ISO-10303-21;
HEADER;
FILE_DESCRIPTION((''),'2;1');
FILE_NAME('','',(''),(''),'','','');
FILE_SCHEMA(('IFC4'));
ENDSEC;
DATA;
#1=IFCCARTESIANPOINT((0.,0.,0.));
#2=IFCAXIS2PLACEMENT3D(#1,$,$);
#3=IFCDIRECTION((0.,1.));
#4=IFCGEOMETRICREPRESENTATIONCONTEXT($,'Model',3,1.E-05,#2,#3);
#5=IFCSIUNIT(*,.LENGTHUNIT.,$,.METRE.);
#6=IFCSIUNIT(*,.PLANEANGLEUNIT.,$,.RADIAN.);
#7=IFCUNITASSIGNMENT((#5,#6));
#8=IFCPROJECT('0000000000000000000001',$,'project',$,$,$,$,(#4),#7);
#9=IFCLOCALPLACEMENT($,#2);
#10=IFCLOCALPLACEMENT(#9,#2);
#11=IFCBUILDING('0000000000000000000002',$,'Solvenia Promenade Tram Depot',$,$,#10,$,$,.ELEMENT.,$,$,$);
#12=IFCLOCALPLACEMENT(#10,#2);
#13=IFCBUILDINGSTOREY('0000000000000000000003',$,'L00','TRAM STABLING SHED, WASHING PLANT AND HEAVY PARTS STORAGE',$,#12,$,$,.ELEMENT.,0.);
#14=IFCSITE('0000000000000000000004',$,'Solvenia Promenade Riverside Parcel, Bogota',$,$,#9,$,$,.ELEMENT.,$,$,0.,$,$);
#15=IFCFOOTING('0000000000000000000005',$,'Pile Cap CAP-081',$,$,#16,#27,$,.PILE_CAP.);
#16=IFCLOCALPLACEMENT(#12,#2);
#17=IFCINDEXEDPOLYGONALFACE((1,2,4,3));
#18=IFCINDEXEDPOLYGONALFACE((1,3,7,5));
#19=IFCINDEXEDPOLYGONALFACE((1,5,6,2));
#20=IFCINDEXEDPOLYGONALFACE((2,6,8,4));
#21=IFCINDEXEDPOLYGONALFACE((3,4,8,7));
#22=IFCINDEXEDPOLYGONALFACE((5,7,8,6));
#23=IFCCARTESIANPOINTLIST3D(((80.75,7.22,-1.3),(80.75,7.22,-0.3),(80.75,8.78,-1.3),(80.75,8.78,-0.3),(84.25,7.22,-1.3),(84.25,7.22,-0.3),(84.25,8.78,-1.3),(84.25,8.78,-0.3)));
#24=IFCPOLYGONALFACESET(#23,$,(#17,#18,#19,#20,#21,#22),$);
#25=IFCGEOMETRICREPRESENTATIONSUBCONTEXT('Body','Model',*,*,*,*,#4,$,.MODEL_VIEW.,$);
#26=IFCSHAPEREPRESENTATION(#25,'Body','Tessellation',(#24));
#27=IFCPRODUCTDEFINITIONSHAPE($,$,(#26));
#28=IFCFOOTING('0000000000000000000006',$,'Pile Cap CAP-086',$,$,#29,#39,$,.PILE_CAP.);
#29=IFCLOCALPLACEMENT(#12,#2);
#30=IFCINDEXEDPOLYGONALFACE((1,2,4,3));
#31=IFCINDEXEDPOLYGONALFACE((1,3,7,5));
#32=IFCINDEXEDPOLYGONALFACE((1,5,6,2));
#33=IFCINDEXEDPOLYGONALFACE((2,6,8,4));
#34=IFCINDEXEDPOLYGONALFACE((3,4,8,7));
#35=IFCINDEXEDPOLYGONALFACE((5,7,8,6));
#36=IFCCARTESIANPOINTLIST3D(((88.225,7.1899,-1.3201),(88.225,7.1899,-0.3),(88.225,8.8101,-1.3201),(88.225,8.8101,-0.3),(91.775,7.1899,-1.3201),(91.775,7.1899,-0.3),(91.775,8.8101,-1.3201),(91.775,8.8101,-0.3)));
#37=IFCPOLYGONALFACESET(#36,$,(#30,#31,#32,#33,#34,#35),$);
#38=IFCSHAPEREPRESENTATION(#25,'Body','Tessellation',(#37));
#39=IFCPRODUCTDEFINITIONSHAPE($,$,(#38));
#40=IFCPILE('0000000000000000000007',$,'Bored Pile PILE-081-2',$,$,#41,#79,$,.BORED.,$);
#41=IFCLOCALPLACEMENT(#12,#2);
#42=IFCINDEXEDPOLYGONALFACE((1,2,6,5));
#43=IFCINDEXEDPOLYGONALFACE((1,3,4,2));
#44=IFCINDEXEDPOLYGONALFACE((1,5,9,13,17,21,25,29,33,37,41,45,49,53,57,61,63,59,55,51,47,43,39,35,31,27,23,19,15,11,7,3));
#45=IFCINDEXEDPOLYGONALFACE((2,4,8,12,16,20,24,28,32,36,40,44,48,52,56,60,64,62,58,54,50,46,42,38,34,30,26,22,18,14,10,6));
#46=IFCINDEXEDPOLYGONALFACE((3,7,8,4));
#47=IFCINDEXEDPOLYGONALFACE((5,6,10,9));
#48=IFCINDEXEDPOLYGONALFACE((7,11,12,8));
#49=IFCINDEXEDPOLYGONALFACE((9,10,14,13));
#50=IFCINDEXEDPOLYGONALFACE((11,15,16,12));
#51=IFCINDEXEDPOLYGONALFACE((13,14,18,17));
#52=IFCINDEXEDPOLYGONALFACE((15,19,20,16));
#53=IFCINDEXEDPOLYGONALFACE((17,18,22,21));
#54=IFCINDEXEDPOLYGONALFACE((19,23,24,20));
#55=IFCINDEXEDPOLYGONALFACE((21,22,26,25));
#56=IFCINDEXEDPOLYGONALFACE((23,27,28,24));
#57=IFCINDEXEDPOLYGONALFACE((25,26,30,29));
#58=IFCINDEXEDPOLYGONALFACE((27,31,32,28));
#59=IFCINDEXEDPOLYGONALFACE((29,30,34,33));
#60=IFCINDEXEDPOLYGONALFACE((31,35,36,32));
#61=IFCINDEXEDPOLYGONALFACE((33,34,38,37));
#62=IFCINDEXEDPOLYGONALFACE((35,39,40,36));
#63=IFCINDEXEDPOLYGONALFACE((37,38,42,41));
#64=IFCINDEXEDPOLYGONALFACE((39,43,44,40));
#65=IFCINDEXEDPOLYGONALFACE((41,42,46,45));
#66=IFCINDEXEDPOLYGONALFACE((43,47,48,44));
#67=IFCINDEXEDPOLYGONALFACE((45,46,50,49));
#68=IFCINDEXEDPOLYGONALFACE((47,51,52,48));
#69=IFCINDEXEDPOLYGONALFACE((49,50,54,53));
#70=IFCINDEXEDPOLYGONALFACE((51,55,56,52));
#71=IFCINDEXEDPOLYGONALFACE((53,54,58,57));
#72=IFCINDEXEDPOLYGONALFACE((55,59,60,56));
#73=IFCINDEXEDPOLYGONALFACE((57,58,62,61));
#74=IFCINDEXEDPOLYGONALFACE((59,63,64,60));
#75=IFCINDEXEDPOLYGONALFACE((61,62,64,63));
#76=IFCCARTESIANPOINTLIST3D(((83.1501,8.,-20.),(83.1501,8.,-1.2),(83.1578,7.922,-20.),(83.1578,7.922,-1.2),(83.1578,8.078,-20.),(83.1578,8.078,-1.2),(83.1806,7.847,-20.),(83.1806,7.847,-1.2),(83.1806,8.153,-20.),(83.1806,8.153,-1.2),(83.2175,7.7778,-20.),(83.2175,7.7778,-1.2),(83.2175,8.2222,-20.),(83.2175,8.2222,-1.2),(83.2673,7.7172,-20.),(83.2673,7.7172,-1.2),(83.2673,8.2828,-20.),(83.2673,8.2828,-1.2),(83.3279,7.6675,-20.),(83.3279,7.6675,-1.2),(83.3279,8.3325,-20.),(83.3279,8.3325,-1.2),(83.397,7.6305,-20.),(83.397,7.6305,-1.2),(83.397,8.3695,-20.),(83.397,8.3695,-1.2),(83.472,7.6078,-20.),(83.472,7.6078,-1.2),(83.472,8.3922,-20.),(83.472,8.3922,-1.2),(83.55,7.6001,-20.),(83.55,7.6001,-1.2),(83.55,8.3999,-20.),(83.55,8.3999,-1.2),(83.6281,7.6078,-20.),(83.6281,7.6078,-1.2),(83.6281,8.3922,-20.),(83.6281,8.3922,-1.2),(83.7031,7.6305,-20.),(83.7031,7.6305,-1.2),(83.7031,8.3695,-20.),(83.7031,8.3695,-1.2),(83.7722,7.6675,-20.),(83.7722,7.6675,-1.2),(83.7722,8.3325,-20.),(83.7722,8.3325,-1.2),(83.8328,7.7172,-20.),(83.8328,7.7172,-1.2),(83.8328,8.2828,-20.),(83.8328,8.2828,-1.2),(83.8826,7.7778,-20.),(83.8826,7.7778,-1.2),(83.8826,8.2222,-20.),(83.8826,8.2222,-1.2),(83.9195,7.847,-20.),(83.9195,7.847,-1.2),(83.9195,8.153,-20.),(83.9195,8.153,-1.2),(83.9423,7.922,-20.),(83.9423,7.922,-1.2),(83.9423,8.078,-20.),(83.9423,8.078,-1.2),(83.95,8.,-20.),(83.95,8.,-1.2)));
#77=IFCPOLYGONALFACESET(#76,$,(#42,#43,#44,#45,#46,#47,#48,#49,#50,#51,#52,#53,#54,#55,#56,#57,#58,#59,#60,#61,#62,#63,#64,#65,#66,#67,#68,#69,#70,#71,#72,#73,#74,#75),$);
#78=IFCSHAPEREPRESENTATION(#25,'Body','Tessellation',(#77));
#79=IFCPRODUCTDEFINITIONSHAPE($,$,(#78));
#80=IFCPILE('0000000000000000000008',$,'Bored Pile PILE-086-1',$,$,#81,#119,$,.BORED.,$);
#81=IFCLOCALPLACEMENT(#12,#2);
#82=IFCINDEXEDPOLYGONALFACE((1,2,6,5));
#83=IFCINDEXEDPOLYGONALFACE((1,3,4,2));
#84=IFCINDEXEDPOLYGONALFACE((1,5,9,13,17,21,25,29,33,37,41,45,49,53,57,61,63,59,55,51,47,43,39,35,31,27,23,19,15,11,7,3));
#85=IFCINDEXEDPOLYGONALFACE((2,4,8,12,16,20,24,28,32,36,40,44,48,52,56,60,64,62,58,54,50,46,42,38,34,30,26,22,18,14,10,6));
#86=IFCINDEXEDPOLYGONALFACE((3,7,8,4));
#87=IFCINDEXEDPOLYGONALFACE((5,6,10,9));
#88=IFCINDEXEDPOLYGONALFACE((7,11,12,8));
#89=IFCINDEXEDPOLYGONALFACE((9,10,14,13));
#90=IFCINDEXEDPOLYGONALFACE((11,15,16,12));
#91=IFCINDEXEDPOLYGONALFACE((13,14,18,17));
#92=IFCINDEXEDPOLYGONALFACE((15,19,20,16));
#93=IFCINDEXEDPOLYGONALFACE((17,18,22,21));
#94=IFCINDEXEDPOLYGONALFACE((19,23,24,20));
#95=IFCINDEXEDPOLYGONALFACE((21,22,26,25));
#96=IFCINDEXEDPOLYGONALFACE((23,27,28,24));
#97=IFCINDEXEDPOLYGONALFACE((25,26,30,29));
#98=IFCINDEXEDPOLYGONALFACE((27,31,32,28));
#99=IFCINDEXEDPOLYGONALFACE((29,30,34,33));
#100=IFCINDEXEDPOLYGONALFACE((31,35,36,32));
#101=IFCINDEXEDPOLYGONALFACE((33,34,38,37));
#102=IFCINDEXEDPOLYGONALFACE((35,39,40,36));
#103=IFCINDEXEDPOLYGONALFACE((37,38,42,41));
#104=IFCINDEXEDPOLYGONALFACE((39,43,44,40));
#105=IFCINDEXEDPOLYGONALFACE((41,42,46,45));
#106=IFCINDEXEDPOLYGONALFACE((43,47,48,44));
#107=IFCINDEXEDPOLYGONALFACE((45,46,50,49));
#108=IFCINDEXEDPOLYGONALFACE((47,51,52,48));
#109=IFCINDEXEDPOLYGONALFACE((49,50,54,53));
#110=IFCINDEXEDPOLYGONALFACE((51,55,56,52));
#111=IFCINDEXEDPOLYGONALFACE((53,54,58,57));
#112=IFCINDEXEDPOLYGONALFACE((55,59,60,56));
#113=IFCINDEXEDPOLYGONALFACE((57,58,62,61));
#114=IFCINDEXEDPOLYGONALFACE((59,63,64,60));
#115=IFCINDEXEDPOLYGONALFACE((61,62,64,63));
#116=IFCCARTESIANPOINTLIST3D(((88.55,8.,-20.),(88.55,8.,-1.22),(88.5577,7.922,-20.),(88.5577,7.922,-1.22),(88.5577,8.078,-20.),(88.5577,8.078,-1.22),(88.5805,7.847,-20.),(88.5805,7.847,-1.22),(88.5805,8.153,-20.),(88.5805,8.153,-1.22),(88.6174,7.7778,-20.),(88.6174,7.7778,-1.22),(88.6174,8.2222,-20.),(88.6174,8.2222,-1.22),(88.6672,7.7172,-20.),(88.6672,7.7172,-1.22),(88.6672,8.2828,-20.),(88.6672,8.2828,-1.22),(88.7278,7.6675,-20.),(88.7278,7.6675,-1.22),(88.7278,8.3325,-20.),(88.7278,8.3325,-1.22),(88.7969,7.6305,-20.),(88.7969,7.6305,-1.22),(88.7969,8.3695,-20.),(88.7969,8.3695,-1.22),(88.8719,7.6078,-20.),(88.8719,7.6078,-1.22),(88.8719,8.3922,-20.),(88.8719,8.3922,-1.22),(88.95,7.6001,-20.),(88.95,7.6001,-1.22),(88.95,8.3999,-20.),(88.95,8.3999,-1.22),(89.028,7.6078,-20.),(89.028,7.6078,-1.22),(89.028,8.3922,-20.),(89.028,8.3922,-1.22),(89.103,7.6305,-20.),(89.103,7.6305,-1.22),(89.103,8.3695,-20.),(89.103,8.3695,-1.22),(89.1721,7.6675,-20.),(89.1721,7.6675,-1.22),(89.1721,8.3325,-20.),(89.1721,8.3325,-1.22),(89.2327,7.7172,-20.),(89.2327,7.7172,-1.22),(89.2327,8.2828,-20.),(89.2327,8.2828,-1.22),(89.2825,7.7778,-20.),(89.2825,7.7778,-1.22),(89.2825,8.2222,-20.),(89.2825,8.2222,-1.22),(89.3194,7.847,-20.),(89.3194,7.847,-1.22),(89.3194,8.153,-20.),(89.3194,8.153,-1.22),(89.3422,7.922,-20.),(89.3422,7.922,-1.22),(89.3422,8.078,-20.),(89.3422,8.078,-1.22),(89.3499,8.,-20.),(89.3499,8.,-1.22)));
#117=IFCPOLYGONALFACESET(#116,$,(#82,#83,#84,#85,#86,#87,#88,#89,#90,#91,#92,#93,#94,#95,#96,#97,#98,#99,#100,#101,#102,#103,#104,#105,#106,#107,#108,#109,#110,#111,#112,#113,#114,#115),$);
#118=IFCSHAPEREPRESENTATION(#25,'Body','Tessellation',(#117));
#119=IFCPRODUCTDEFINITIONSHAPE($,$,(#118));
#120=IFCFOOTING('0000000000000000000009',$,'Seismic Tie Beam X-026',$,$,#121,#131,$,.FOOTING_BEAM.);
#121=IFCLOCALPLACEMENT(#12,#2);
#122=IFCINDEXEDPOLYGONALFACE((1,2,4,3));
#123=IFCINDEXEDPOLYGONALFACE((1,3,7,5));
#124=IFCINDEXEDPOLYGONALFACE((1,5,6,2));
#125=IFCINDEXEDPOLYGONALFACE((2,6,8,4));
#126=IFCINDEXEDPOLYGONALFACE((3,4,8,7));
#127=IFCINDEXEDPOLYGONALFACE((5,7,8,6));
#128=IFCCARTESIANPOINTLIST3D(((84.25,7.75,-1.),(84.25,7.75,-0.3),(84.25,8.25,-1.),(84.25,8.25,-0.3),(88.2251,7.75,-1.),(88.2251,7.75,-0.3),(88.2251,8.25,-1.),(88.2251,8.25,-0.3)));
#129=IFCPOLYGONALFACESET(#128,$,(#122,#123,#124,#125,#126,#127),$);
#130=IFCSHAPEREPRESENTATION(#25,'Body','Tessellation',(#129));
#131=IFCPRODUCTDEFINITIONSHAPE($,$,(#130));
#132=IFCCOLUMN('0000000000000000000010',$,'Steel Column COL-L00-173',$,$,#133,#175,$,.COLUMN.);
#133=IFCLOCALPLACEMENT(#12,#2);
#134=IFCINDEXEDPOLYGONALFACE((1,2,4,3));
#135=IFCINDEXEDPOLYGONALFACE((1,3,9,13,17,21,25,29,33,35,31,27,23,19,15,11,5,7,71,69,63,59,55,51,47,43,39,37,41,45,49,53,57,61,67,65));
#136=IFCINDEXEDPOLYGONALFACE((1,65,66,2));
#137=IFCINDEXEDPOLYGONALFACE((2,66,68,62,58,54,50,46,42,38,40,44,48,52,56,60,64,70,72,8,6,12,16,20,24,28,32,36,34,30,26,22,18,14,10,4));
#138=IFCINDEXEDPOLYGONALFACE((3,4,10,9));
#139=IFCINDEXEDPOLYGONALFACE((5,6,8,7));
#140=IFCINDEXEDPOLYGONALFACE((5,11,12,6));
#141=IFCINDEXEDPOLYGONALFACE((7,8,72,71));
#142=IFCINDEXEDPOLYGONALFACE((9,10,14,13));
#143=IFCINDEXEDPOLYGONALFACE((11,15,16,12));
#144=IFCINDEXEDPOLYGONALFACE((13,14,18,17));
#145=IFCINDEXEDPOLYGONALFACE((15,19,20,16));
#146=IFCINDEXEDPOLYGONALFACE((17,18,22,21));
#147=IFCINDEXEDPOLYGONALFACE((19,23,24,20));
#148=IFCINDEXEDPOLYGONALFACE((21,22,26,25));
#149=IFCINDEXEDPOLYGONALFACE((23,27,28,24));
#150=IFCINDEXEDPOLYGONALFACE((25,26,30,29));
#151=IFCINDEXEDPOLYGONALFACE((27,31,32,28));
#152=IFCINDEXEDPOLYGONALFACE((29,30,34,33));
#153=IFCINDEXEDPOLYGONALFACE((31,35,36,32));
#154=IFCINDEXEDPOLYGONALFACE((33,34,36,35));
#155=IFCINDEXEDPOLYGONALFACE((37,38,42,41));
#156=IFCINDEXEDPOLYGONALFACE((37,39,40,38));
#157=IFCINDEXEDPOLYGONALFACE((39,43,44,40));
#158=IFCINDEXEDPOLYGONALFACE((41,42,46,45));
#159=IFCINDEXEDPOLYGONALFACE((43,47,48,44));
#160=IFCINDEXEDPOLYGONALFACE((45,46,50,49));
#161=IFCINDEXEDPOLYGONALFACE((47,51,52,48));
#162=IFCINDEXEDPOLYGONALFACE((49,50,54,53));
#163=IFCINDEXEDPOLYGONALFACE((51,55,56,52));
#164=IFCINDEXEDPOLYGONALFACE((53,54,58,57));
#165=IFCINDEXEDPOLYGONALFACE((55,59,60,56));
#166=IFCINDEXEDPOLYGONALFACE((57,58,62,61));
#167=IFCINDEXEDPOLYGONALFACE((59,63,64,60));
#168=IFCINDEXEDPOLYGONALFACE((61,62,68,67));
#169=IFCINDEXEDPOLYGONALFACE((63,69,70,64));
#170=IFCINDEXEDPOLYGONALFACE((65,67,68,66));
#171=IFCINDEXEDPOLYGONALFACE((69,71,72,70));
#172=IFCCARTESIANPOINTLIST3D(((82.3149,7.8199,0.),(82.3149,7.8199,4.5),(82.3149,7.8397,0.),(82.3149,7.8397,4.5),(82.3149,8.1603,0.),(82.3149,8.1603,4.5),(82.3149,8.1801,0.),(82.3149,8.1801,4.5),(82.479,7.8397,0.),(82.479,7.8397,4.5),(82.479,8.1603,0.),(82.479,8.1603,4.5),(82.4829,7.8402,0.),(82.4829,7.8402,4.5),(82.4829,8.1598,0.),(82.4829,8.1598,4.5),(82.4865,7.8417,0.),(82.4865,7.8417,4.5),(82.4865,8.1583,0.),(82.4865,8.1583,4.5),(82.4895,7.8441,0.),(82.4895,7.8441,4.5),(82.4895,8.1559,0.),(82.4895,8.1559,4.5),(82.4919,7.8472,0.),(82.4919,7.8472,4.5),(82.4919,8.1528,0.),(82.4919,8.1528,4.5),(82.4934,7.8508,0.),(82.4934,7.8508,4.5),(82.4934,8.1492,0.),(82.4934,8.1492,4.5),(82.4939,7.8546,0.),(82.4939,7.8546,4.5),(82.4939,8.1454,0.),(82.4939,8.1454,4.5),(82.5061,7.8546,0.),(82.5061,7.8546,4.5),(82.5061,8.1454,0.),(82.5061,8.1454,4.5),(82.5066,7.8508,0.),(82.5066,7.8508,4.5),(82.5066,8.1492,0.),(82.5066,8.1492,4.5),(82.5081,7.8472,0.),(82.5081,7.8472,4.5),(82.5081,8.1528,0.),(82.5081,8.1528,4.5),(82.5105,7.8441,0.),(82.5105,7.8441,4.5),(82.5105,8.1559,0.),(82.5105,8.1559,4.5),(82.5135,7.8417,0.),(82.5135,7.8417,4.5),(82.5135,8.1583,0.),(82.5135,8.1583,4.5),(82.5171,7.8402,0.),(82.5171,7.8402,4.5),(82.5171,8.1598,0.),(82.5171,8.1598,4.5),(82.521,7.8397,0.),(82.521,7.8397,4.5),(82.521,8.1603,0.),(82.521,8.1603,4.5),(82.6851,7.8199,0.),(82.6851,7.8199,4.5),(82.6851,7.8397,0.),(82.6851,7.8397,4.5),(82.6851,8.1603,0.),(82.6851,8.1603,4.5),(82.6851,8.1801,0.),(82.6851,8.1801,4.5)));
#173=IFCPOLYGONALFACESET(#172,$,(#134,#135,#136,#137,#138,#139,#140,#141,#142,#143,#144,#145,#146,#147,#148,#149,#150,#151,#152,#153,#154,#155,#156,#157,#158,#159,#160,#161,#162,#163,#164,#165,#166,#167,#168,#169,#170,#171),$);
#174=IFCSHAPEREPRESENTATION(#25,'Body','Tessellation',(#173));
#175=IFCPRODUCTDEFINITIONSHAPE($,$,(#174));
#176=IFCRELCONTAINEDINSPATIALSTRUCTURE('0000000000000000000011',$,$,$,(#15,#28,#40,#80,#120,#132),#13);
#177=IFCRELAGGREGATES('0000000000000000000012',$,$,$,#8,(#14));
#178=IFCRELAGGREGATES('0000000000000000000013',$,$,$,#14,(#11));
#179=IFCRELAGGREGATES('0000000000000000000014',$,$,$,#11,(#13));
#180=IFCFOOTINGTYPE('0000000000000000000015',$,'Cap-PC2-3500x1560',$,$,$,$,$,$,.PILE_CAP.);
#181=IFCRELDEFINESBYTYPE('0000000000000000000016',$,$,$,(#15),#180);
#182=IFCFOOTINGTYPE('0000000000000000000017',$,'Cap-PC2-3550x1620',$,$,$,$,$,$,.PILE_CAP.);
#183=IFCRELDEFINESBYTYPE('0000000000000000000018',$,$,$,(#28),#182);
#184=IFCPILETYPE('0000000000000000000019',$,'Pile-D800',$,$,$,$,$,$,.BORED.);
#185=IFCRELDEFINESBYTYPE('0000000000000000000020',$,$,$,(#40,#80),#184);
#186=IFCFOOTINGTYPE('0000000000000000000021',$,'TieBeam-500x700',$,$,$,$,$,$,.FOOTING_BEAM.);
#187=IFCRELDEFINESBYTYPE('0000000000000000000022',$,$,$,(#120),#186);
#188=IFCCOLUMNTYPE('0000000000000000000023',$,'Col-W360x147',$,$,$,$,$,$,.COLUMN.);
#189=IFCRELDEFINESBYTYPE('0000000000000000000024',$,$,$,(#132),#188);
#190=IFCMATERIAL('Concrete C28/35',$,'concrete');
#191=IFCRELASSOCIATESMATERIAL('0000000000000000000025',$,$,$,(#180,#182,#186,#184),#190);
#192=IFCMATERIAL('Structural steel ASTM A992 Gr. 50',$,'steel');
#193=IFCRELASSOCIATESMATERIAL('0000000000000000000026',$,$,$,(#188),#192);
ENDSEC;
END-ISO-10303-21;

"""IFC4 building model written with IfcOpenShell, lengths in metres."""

from ifc_helpers import new_model, si_unit, direction, frame, origin, origin_2d, place, context, subcontext, project, spatial, rectangle, circle, i_section, extrude, material, material_profile, profile_set, type_object, element, save


model = new_model("IFC4")

# Units and contexts
model_context = context("Model", 3, precision=1e-05, world=origin(), true_north=direction((0.0, 1.0)))
body_context = subcontext(model_context, "Body", "Model", "MODEL_VIEW")
ifc_project = project(units=[si_unit("LENGTHUNIT", "METRE"), si_unit("PLANEANGLEUNIT", "RADIAN")], contexts=[model_context])

# Site, building, storey
site_placement = place(None, origin())
site = spatial("IfcSite", under=ifc_project, at=site_placement, Name="Solvenia Promenade Riverside Parcel, Bogota", CompositionType="ELEMENT", RefElevation=0.0)
building_placement = place(site_placement, origin())
building = spatial("IfcBuilding", under=site, at=building_placement, Name="Solvenia Promenade Tram Depot", CompositionType="ELEMENT")
storey_placement = place(building_placement, origin())
storey = spatial("IfcBuildingStorey", under=building, at=storey_placement, Name="L00", Description="TRAM STABLING SHED, WASHING PLANT AND HEAVY PARTS STORAGE", CompositionType="ELEMENT", Elevation=0.0)

# Footings
ifc_material_1 = material(Name="Concrete C28/35", Category="concrete")
footing_type_1 = type_object("IfcFootingType", Name="Cap-PC2-3500x1560", PredefinedType="PILE_CAP", material=ifc_material_1)
footing_1_placement = place(storey_placement, frame((82.5, 8.0, -1.3), z_axis=(0.0, 0.0, 1.0), x_axis=(1.0, 0.0, 0.0)))
element("IfcFooting", 1, at=footing_1_placement, inside=storey, type_object=footing_type_1, Name="Pile Cap CAP-081", PredefinedType="PILE_CAP", context=body_context, shape_type="SweptSolid", body=[
    extrude(rectangle(XDim=3.5, YDim=1.5601, at=origin_2d()), origin(), (0.0, 0.0, 1.0), 1.0),
])
footing_type_2 = type_object("IfcFootingType", Name="Cap-PC2-3550x1620", PredefinedType="PILE_CAP", material=ifc_material_1)
footing_2_placement = place(storey_placement, frame((90.0, 8.0, -1.3201), z_axis=(0.0, 0.0, 1.0), x_axis=(1.0, 0.0, 0.0)))
element("IfcFooting", 2, at=footing_2_placement, inside=storey, type_object=footing_type_2, Name="Pile Cap CAP-086", PredefinedType="PILE_CAP", context=body_context, shape_type="SweptSolid", body=[
    extrude(rectangle(XDim=3.55, YDim=1.6201, at=origin_2d()), origin(), (0.0, 0.0, 1.0), 1.02),
])

# Piles
ifc_material_profile_1 = material_profile(ifc_material_1, circle(Radius=0.3999, at=origin_2d()), Name="D800", Category="concrete")
ifc_profile_set_1 = profile_set([ifc_material_profile_1], Name="Concrete C28/35")
pile_type = type_object("IfcPileType", Name="Pile-D800", PredefinedType="BORED", material=ifc_profile_set_1)
pile_1_placement = place(storey_placement, frame((83.55, 8.0, -1.2), z_axis=(0.0, 0.0, -1.0), x_axis=(1.0, 0.0, 0.0)))
element("IfcPile", 3, at=pile_1_placement, inside=storey, type_object=pile_type, Name="Bored Pile PILE-081-2", PredefinedType="BORED", context=body_context, shape_type="SweptSolid", body=[
    extrude(circle(Radius=0.3999, at=origin_2d()), origin(), (0.0, 0.0, 1.0), 18.8),
])
pile_2_placement = place(storey_placement, frame((88.95, 8.0, -1.22), z_axis=(0.0, 0.0, -1.0), x_axis=(1.0, 0.0, 0.0)))
element("IfcPile", 4, at=pile_2_placement, inside=storey, type_object=pile_type, Name="Bored Pile PILE-086-1", PredefinedType="BORED", context=body_context, shape_type="SweptSolid", body=[
    extrude(circle(Radius=0.3999, at=origin_2d()), origin(), (0.0, 0.0, 1.0), 18.78),
])

# Footing
footing_type_3 = type_object("IfcFootingType", Name="TieBeam-500x700", PredefinedType="FOOTING_BEAM", material=ifc_material_1)
footing_3_placement = place(storey_placement, frame((86.2375, 8.0, -1.0), z_axis=(0.0, 0.0, 1.0), x_axis=(1.0, 0.0, 0.0)))
element("IfcFooting", 5, at=footing_3_placement, inside=storey, type_object=footing_type_3, Name="Seismic Tie Beam X-026", PredefinedType="FOOTING_BEAM", context=body_context, shape_type="SweptSolid", body=[
    extrude(rectangle(XDim=3.9751, YDim=0.5, at=origin_2d()), origin(), (0.0, 0.0, 1.0), 0.7),
])

# Column
ifc_material_2 = material(Name="Structural steel ASTM A992 Gr. 50", Category="steel")
ifc_material_profile_2 = material_profile(ifc_material_2, i_section(OverallWidth=0.3701, OverallDepth=0.3601, WebThickness=0.0122, FlangeThickness=0.0198, FilletRadius=0.0149, at=origin_2d()), Name="W360x147", Category="steel")
ifc_profile_set_2 = profile_set([ifc_material_profile_2], Name="Structural steel ASTM A992 Gr. 50")
column_type = type_object("IfcColumnType", Name="Col-W360x147", PredefinedType="COLUMN", material=ifc_profile_set_2)
for number, where, z_axis, x_axis, name in (
    (6, (82.5, 8.0, 0.0), (0.0, 0.0, 1.0), (1.0, 0.0, 0.0), "Steel Column COL-L00-173"),
):
    element("IfcColumn", number, at=place(storey_placement, frame(where, z_axis=z_axis, x_axis=x_axis)), inside=storey, type_object=column_type, Name=name, PredefinedType="COLUMN", context=body_context, shape_type="SweptSolid", body=[
        extrude(i_section(OverallWidth=0.3701, OverallDepth=0.3601, WebThickness=0.0122, FlangeThickness=0.0198, FilletRadius=0.0149, at=origin_2d()), origin(), (0.0, 0.0, 1.0), 4.5),
    ])

save(model, "model.ifc")
